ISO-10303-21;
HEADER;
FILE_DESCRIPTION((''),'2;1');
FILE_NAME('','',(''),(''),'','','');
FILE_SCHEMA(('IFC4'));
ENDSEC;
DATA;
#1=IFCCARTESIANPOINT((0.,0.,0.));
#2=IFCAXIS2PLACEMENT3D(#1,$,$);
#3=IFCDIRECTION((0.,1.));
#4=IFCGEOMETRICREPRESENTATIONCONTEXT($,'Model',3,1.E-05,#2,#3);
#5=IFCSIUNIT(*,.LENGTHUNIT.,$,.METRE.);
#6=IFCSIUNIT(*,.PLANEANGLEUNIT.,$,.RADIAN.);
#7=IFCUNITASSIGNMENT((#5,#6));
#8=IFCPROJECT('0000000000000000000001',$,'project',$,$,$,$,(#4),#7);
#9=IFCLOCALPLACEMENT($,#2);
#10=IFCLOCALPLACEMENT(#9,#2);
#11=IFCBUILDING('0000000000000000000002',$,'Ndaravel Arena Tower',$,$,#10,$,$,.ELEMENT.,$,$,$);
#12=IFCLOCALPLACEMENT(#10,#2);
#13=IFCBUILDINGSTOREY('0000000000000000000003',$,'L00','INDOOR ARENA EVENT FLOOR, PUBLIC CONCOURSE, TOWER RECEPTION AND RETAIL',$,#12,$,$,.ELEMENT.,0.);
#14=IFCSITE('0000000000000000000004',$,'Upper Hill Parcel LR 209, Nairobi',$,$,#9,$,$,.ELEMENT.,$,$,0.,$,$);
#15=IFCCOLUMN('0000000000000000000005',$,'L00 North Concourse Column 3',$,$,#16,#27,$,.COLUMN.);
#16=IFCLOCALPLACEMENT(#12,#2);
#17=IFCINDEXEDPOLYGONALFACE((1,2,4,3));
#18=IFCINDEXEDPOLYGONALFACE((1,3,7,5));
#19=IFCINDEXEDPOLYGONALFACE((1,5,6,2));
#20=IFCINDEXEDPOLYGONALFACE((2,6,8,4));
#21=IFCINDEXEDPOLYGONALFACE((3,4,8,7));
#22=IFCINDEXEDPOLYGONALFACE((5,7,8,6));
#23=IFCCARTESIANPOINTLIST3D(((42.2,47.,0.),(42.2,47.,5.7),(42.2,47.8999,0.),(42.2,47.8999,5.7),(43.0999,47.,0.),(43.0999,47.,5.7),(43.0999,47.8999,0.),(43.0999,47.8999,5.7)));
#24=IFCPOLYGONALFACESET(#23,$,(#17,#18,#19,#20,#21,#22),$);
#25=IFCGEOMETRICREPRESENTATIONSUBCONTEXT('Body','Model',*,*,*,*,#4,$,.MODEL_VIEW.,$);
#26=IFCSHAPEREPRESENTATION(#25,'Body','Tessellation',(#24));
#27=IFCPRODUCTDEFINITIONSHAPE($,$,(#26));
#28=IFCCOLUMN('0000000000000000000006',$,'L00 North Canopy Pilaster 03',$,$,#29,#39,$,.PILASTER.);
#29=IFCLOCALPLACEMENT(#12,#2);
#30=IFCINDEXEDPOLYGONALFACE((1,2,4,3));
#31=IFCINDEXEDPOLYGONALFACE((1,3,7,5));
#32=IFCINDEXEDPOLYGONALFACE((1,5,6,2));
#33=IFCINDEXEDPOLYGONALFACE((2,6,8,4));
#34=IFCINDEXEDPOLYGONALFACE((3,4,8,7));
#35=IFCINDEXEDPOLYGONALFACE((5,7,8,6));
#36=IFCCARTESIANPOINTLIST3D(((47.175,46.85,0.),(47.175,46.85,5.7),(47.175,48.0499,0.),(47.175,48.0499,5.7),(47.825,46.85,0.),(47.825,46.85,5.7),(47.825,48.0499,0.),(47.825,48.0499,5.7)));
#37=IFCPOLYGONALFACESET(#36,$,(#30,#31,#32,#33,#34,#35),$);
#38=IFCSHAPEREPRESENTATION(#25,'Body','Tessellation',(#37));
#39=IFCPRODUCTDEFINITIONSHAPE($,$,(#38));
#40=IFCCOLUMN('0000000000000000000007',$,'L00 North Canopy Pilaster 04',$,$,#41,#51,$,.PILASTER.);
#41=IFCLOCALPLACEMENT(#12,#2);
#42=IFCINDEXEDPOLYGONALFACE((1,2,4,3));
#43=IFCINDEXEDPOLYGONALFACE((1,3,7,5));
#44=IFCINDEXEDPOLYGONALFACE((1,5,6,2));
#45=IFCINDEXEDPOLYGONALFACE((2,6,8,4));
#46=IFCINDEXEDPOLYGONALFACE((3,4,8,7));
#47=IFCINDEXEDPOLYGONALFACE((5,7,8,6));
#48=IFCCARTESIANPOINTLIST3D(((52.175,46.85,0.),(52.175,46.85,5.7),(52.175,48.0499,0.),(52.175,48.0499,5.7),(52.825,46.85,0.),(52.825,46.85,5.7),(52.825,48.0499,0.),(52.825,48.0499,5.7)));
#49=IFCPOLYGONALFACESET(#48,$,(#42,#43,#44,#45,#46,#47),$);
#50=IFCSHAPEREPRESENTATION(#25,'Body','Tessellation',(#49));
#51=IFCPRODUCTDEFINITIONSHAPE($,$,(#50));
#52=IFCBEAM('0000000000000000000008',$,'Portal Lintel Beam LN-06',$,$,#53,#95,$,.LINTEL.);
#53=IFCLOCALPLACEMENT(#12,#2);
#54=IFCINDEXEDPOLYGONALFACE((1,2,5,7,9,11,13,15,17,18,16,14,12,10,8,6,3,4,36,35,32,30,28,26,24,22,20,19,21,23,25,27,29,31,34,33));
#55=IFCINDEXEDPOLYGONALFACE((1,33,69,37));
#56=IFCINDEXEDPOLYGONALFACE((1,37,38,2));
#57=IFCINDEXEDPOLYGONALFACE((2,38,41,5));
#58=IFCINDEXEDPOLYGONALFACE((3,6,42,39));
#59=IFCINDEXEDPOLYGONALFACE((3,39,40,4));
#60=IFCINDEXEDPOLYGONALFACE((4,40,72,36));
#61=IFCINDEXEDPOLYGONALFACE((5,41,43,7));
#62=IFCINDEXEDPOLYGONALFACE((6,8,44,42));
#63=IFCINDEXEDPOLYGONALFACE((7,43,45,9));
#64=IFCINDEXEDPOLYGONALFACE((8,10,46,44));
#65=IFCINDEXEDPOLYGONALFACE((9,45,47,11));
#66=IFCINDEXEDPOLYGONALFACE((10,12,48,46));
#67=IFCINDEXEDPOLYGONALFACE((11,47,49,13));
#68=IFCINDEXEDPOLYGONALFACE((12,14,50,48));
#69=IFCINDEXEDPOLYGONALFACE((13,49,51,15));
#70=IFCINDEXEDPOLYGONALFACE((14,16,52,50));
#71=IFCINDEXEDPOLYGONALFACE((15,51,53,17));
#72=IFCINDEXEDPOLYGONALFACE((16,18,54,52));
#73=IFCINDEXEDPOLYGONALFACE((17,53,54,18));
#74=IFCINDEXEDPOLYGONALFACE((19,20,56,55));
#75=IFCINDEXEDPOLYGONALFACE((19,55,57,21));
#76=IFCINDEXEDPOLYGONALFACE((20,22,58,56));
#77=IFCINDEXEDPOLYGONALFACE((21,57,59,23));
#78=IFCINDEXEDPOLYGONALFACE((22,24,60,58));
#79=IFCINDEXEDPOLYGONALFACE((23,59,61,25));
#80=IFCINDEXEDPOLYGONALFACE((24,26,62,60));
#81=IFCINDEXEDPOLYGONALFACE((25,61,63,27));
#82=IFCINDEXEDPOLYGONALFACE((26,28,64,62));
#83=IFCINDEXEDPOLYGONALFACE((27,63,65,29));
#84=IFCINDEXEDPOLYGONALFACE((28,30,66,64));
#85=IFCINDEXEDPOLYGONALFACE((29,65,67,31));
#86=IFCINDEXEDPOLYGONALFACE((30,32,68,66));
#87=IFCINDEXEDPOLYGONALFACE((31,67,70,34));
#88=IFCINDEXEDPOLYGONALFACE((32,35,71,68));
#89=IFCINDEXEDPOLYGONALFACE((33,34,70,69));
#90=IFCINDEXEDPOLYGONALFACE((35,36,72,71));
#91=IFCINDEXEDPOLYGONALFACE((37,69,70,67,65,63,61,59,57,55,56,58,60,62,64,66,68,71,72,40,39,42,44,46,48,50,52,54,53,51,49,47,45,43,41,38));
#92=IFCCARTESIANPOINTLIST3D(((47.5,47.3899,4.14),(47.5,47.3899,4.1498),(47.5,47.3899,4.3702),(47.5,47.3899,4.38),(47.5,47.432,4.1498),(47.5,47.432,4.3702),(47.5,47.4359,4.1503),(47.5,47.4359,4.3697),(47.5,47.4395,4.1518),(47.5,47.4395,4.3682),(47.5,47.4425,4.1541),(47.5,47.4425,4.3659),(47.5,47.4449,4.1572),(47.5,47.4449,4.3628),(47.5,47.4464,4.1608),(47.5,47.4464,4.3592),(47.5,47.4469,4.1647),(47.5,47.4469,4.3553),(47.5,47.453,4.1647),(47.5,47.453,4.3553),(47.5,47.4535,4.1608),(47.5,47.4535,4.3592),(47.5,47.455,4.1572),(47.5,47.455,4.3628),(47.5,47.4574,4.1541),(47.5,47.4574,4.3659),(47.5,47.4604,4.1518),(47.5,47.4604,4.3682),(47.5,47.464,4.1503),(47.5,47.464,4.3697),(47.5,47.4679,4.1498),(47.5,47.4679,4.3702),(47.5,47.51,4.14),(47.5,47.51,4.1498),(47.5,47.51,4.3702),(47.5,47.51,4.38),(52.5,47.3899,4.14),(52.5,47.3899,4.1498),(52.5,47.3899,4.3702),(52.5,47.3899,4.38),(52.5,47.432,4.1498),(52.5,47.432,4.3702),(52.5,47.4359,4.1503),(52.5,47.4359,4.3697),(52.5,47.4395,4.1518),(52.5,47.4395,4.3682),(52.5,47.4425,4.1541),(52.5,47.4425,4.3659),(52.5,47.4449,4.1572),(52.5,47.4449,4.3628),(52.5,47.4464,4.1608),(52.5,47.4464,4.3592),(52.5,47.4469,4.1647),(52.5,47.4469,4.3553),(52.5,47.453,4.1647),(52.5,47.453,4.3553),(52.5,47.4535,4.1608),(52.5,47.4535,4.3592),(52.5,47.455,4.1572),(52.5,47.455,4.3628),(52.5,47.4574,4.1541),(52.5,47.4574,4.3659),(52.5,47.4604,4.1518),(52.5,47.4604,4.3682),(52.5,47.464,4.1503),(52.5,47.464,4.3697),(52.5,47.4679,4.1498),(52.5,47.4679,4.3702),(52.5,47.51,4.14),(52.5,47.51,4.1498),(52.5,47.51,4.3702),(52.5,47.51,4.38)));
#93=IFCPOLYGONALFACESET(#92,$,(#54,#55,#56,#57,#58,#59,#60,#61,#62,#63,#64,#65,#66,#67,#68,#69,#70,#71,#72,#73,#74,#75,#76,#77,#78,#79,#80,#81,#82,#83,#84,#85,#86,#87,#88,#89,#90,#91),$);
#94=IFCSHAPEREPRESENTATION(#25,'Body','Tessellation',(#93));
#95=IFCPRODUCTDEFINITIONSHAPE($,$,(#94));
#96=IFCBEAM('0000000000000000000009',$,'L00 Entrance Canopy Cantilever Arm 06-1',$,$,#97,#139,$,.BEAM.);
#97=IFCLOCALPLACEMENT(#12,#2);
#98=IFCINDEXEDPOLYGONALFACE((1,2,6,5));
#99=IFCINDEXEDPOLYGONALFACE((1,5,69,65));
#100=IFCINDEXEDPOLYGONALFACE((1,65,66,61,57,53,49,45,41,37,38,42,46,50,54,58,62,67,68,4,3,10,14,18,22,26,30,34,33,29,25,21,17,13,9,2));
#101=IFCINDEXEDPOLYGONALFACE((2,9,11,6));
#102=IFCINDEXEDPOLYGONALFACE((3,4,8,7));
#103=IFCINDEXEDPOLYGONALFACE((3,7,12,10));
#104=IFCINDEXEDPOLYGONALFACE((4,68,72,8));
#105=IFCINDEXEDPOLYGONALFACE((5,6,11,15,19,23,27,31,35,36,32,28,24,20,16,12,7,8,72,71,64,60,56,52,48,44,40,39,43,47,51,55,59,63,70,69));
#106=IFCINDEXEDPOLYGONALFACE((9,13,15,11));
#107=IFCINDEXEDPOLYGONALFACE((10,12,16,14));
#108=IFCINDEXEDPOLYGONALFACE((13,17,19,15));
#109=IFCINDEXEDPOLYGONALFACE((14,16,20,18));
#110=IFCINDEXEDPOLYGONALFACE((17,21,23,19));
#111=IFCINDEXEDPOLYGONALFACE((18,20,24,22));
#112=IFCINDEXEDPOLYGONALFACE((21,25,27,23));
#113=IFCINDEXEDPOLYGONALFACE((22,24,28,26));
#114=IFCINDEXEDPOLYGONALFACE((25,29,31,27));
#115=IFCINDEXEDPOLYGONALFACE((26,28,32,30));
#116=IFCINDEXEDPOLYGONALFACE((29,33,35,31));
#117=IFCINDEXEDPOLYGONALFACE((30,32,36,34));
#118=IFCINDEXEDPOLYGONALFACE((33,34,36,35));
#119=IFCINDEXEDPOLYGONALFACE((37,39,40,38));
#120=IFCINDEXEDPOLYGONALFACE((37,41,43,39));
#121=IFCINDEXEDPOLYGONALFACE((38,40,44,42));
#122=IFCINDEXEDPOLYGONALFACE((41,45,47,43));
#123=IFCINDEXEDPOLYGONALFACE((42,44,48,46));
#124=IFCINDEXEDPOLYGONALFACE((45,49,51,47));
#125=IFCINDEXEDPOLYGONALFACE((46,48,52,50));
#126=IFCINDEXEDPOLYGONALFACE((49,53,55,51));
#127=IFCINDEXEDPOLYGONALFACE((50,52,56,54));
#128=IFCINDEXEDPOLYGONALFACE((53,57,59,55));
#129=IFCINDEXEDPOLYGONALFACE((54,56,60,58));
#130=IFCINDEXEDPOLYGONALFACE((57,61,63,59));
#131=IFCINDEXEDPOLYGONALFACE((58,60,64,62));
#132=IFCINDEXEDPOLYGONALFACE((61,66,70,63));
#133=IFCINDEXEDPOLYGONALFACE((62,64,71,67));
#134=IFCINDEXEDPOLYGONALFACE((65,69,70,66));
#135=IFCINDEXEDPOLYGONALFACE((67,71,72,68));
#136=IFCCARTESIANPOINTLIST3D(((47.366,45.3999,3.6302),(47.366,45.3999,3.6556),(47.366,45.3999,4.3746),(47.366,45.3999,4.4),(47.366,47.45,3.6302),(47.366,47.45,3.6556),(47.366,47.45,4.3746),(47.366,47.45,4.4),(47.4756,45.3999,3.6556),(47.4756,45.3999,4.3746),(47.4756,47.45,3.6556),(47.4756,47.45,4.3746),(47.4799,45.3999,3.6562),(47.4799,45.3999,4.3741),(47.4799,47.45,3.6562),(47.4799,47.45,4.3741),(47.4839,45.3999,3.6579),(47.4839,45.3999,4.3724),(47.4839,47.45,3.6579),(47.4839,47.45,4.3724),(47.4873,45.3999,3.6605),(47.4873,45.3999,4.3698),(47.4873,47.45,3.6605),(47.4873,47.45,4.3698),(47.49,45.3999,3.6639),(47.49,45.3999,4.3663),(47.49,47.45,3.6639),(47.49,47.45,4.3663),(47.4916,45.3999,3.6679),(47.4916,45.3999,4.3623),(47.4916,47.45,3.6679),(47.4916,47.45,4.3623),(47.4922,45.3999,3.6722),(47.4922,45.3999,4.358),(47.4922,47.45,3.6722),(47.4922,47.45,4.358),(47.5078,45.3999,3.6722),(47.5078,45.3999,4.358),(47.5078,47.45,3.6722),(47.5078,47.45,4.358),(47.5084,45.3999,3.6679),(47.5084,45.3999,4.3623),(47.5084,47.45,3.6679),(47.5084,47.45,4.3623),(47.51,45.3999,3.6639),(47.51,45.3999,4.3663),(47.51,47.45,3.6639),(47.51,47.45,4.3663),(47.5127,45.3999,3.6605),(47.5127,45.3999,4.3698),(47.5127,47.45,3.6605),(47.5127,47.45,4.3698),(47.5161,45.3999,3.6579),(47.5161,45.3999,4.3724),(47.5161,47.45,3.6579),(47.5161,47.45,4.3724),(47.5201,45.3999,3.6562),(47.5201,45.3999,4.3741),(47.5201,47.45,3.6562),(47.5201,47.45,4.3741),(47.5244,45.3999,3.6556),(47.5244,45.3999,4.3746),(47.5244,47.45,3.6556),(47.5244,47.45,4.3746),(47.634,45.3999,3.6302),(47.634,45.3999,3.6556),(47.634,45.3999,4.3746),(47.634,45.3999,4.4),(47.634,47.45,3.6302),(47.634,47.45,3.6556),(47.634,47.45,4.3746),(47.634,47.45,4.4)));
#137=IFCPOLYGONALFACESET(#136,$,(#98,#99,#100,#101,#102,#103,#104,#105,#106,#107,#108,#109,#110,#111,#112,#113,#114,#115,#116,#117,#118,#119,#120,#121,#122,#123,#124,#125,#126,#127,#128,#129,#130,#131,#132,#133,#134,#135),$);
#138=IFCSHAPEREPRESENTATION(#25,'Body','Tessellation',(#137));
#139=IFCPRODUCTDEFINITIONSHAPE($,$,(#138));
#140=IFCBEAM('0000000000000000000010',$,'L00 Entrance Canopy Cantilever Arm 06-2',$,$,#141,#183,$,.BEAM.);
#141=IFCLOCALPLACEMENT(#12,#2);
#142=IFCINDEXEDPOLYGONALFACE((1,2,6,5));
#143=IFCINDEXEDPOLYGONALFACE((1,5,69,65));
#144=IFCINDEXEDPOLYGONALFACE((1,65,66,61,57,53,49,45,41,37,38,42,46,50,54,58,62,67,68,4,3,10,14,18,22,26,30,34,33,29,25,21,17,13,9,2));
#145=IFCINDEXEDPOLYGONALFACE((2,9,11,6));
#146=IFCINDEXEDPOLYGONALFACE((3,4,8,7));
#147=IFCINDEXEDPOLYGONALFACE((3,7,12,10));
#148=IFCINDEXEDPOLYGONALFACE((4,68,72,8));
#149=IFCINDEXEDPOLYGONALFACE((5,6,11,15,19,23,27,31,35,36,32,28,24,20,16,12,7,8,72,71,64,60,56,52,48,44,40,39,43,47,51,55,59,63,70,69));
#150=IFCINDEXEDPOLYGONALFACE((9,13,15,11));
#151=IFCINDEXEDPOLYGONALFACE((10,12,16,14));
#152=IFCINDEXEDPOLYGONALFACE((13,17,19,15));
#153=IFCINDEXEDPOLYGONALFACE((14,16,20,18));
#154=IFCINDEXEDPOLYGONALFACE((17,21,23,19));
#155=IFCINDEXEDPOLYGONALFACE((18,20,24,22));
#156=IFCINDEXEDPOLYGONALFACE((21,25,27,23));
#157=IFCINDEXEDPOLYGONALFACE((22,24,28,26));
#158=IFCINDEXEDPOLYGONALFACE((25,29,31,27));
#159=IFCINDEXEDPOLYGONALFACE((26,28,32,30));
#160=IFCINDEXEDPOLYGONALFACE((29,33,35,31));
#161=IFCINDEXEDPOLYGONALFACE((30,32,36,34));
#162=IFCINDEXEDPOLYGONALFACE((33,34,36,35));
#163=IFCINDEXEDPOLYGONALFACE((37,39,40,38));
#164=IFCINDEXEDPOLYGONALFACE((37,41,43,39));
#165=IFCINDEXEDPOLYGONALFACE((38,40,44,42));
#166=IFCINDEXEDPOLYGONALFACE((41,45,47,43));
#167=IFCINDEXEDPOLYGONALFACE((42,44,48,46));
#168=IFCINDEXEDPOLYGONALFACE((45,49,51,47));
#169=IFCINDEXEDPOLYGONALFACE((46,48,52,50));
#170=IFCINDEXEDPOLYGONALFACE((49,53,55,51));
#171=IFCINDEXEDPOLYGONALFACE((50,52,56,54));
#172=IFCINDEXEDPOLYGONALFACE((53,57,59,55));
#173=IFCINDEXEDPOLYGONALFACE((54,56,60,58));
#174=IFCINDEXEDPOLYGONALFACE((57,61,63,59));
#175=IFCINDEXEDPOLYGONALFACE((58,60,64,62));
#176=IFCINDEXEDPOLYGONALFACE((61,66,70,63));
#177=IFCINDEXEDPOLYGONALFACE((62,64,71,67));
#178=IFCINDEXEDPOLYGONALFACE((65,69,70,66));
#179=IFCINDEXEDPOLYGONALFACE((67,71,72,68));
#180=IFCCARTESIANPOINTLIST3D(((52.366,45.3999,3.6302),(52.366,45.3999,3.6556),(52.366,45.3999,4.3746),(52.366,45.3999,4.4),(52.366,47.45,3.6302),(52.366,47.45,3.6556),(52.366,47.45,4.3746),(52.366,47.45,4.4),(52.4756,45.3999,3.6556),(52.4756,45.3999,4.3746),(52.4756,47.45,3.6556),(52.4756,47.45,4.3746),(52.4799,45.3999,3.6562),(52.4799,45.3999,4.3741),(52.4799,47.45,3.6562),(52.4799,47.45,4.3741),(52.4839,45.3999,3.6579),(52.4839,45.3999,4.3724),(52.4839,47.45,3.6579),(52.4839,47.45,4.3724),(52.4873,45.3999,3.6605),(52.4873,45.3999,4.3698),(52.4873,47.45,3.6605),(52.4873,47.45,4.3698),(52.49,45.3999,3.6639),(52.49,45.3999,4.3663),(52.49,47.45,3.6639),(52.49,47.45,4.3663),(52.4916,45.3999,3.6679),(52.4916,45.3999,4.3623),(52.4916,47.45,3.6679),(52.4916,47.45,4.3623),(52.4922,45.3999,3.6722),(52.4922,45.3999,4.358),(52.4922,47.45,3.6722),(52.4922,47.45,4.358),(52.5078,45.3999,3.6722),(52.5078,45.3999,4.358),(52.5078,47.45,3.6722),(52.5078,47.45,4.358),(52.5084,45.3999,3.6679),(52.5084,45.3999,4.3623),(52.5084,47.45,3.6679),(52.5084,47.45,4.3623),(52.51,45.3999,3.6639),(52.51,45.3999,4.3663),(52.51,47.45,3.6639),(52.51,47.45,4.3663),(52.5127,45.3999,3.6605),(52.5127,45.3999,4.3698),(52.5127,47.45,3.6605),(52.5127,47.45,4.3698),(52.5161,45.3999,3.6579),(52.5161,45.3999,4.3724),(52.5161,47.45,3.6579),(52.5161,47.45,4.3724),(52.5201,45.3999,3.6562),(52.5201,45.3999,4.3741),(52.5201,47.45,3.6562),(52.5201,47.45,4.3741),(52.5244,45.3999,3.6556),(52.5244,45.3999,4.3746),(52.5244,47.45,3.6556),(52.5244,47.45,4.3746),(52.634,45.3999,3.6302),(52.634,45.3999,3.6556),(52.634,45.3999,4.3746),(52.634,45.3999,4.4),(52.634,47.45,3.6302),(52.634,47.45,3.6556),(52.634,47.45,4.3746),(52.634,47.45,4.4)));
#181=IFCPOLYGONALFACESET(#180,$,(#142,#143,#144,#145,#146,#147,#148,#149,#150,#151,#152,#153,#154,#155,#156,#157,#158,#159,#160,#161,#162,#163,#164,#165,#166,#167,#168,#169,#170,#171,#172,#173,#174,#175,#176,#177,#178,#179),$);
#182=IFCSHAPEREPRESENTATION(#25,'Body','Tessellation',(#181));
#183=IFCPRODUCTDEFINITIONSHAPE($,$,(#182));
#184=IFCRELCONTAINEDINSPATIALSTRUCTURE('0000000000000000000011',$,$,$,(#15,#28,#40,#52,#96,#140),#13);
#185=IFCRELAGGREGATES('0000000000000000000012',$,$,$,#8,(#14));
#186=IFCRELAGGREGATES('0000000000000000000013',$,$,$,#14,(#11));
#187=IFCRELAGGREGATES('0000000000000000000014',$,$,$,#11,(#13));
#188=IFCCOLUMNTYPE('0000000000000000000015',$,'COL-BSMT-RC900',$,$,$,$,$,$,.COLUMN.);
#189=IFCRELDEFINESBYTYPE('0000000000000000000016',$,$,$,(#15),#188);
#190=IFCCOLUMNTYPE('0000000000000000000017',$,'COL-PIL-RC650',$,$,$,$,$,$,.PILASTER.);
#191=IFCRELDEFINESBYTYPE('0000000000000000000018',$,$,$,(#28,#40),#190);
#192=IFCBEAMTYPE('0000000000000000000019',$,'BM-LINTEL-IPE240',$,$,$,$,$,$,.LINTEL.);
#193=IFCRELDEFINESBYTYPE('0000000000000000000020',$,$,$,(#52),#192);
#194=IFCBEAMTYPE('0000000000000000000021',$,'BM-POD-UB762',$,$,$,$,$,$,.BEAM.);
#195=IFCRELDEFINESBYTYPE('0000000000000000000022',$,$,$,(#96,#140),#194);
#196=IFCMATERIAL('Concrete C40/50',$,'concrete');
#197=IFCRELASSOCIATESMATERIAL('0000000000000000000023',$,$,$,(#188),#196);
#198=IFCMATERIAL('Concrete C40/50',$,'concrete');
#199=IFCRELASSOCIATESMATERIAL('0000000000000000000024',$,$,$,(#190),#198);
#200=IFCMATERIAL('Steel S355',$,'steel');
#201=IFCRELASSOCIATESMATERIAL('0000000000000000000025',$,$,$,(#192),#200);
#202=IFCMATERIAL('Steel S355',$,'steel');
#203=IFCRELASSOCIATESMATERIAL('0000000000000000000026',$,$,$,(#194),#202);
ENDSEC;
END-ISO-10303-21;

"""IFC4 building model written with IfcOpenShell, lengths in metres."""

from ifc_helpers import new_model, si_unit, direction, frame, origin, origin_2d, place, context, subcontext, project, spatial, rectangle, i_section, extrude, material, material_profile, profile_set, type_object, element, save


model = new_model("IFC4")

# Units and contexts
model_context = context("Model", 3, precision=1e-05, world=origin(), true_north=direction((0.0, 1.0)))
body_context = subcontext(model_context, "Body", "Model", "MODEL_VIEW")
ifc_project = project(units=[si_unit("LENGTHUNIT", "METRE"), si_unit("PLANEANGLEUNIT", "RADIAN")], contexts=[model_context])

# Site, building, storey
site_placement = place(None, origin())
site = spatial("IfcSite", under=ifc_project, at=site_placement, Name="Upper Hill Parcel LR 209, Nairobi", CompositionType="ELEMENT", RefElevation=0.0)
building_placement = place(site_placement, origin())
building = spatial("IfcBuilding", under=site, at=building_placement, Name="Ndaravel Arena Tower", CompositionType="ELEMENT")
storey_placement = place(building_placement, origin())
storey = spatial("IfcBuildingStorey", under=building, at=storey_placement, Name="L00", Description="INDOOR ARENA EVENT FLOOR, PUBLIC CONCOURSE, TOWER RECEPTION AND RETAIL", CompositionType="ELEMENT", Elevation=0.0)

# Columns
ifc_material_1 = material(Name="Concrete C40/50", Category="concrete")
ifc_material_profile_1 = material_profile(ifc_material_1, rectangle(XDim=0.8999, YDim=0.8999, at=origin_2d()), Name="RC 900x900")
ifc_profile_set_1 = profile_set([ifc_material_profile_1], Name="Concrete C40/50")
column_type_1 = type_object("IfcColumnType", Name="COL-BSMT-RC900", PredefinedType="COLUMN", material=ifc_profile_set_1)
column_placement = place(storey_placement, frame((42.6499, 47.45, 0.0), z_axis=(0.0, 0.0, 1.0), x_axis=(1.0, 0.0, 0.0)))
element("IfcColumn", 1, at=column_placement, inside=storey, type_object=column_type_1, Name="L00 North Concourse Column 3", PredefinedType="COLUMN", context=body_context, shape_type="SweptSolid", body=[
    extrude(rectangle(XDim=0.8999, YDim=0.8999, at=origin_2d()), origin(), (0.0, 0.0, 1.0), 5.7),
])
ifc_material_2 = material(Name="Concrete C40/50", Category="concrete")
ifc_material_profile_2 = material_profile(ifc_material_2, rectangle(XDim=0.6499, YDim=1.2, at=origin_2d()), Name="RC 650x1200")
ifc_profile_set_2 = profile_set([ifc_material_profile_2], Name="Concrete C40/50")
column_type_2 = type_object("IfcColumnType", Name="COL-PIL-RC650", PredefinedType="PILASTER", material=ifc_profile_set_2)
for number, where, z_axis, x_axis, name in (
    (2, (47.5, 47.45, 0.0), (0.0, 0.0, 1.0), (1.0, 0.0, 0.0), "L00 North Canopy Pilaster 03"),
    (3, (52.5, 47.45, 0.0), (0.0, 0.0, 1.0), (1.0, 0.0, 0.0), "L00 North Canopy Pilaster 04"),
):
    element("IfcColumn", number, at=place(storey_placement, frame(where, z_axis=z_axis, x_axis=x_axis)), inside=storey, type_object=column_type_2, Name=name, PredefinedType="PILASTER", context=body_context, shape_type="SweptSolid", body=[
        extrude(rectangle(XDim=0.6499, YDim=1.2, at=origin_2d()), origin(), (0.0, 0.0, 1.0), 5.7),
    ])

# Beams
ifc_material_3 = material(Name="Steel S355", Category="steel")
ifc_material_profile_3 = material_profile(ifc_material_3, i_section(OverallWidth=0.1201, OverallDepth=0.24, WebThickness=0.0061, FlangeThickness=0.0098, FilletRadius=0.0149, at=origin_2d()), Name="IPE 240")
ifc_profile_set_3 = profile_set([ifc_material_profile_3], Name="Steel S355")
beam_type_1 = type_object("IfcBeamType", Name="BM-LINTEL-IPE240", PredefinedType="LINTEL", material=ifc_profile_set_3)
beam_placement = place(storey_placement, frame((47.5, 47.45, 4.26), z_axis=(1.0, 0.0, 0.0), x_axis=(0.0, 1.0, 0.0)))
element("IfcBeam", 4, at=beam_placement, inside=storey, type_object=beam_type_1, Name="Portal Lintel Beam LN-06", PredefinedType="LINTEL", context=body_context, shape_type="SweptSolid", body=[
    extrude(i_section(OverallWidth=0.1201, OverallDepth=0.24, WebThickness=0.0061, FlangeThickness=0.0098, FilletRadius=0.0149, at=origin_2d()), origin(), (0.0, 0.0, 1.0), 5.0),
])
ifc_material_4 = material(Name="Steel S355", Category="steel")
ifc_material_profile_4 = material_profile(ifc_material_4, i_section(OverallWidth=0.2681, OverallDepth=0.7698, WebThickness=0.0156, FlangeThickness=0.0254, FilletRadius=0.0166, at=origin_2d()), Name="UB 762x267x197")
ifc_profile_set_4 = profile_set([ifc_material_profile_4], Name="Steel S355")
beam_type_2 = type_object("IfcBeamType", Name="BM-POD-UB762", PredefinedType="BEAM", material=ifc_profile_set_4)
for number, where, z_axis, x_axis, name in (
    (5, (47.5, 47.45, 4.0151), (0.0, -1.0, 0.0), (1.0, 0.0, 0.0), "L00 Entrance Canopy Cantilever Arm 06-1"),
    (6, (52.5, 47.45, 4.0151), (0.0, -1.0, 0.0), (1.0, 0.0, 0.0), "L00 Entrance Canopy Cantilever Arm 06-2"),
):
    element("IfcBeam", number, at=place(storey_placement, frame(where, z_axis=z_axis, x_axis=x_axis)), inside=storey, type_object=beam_type_2, Name=name, PredefinedType="BEAM", context=body_context, shape_type="SweptSolid", body=[
        extrude(i_section(OverallWidth=0.2681, OverallDepth=0.7698, WebThickness=0.0156, FlangeThickness=0.0254, FilletRadius=0.0166, at=origin_2d()), origin(), (0.0, 0.0, 1.0), 2.05),
    ])

save(model, "model.ifc")
